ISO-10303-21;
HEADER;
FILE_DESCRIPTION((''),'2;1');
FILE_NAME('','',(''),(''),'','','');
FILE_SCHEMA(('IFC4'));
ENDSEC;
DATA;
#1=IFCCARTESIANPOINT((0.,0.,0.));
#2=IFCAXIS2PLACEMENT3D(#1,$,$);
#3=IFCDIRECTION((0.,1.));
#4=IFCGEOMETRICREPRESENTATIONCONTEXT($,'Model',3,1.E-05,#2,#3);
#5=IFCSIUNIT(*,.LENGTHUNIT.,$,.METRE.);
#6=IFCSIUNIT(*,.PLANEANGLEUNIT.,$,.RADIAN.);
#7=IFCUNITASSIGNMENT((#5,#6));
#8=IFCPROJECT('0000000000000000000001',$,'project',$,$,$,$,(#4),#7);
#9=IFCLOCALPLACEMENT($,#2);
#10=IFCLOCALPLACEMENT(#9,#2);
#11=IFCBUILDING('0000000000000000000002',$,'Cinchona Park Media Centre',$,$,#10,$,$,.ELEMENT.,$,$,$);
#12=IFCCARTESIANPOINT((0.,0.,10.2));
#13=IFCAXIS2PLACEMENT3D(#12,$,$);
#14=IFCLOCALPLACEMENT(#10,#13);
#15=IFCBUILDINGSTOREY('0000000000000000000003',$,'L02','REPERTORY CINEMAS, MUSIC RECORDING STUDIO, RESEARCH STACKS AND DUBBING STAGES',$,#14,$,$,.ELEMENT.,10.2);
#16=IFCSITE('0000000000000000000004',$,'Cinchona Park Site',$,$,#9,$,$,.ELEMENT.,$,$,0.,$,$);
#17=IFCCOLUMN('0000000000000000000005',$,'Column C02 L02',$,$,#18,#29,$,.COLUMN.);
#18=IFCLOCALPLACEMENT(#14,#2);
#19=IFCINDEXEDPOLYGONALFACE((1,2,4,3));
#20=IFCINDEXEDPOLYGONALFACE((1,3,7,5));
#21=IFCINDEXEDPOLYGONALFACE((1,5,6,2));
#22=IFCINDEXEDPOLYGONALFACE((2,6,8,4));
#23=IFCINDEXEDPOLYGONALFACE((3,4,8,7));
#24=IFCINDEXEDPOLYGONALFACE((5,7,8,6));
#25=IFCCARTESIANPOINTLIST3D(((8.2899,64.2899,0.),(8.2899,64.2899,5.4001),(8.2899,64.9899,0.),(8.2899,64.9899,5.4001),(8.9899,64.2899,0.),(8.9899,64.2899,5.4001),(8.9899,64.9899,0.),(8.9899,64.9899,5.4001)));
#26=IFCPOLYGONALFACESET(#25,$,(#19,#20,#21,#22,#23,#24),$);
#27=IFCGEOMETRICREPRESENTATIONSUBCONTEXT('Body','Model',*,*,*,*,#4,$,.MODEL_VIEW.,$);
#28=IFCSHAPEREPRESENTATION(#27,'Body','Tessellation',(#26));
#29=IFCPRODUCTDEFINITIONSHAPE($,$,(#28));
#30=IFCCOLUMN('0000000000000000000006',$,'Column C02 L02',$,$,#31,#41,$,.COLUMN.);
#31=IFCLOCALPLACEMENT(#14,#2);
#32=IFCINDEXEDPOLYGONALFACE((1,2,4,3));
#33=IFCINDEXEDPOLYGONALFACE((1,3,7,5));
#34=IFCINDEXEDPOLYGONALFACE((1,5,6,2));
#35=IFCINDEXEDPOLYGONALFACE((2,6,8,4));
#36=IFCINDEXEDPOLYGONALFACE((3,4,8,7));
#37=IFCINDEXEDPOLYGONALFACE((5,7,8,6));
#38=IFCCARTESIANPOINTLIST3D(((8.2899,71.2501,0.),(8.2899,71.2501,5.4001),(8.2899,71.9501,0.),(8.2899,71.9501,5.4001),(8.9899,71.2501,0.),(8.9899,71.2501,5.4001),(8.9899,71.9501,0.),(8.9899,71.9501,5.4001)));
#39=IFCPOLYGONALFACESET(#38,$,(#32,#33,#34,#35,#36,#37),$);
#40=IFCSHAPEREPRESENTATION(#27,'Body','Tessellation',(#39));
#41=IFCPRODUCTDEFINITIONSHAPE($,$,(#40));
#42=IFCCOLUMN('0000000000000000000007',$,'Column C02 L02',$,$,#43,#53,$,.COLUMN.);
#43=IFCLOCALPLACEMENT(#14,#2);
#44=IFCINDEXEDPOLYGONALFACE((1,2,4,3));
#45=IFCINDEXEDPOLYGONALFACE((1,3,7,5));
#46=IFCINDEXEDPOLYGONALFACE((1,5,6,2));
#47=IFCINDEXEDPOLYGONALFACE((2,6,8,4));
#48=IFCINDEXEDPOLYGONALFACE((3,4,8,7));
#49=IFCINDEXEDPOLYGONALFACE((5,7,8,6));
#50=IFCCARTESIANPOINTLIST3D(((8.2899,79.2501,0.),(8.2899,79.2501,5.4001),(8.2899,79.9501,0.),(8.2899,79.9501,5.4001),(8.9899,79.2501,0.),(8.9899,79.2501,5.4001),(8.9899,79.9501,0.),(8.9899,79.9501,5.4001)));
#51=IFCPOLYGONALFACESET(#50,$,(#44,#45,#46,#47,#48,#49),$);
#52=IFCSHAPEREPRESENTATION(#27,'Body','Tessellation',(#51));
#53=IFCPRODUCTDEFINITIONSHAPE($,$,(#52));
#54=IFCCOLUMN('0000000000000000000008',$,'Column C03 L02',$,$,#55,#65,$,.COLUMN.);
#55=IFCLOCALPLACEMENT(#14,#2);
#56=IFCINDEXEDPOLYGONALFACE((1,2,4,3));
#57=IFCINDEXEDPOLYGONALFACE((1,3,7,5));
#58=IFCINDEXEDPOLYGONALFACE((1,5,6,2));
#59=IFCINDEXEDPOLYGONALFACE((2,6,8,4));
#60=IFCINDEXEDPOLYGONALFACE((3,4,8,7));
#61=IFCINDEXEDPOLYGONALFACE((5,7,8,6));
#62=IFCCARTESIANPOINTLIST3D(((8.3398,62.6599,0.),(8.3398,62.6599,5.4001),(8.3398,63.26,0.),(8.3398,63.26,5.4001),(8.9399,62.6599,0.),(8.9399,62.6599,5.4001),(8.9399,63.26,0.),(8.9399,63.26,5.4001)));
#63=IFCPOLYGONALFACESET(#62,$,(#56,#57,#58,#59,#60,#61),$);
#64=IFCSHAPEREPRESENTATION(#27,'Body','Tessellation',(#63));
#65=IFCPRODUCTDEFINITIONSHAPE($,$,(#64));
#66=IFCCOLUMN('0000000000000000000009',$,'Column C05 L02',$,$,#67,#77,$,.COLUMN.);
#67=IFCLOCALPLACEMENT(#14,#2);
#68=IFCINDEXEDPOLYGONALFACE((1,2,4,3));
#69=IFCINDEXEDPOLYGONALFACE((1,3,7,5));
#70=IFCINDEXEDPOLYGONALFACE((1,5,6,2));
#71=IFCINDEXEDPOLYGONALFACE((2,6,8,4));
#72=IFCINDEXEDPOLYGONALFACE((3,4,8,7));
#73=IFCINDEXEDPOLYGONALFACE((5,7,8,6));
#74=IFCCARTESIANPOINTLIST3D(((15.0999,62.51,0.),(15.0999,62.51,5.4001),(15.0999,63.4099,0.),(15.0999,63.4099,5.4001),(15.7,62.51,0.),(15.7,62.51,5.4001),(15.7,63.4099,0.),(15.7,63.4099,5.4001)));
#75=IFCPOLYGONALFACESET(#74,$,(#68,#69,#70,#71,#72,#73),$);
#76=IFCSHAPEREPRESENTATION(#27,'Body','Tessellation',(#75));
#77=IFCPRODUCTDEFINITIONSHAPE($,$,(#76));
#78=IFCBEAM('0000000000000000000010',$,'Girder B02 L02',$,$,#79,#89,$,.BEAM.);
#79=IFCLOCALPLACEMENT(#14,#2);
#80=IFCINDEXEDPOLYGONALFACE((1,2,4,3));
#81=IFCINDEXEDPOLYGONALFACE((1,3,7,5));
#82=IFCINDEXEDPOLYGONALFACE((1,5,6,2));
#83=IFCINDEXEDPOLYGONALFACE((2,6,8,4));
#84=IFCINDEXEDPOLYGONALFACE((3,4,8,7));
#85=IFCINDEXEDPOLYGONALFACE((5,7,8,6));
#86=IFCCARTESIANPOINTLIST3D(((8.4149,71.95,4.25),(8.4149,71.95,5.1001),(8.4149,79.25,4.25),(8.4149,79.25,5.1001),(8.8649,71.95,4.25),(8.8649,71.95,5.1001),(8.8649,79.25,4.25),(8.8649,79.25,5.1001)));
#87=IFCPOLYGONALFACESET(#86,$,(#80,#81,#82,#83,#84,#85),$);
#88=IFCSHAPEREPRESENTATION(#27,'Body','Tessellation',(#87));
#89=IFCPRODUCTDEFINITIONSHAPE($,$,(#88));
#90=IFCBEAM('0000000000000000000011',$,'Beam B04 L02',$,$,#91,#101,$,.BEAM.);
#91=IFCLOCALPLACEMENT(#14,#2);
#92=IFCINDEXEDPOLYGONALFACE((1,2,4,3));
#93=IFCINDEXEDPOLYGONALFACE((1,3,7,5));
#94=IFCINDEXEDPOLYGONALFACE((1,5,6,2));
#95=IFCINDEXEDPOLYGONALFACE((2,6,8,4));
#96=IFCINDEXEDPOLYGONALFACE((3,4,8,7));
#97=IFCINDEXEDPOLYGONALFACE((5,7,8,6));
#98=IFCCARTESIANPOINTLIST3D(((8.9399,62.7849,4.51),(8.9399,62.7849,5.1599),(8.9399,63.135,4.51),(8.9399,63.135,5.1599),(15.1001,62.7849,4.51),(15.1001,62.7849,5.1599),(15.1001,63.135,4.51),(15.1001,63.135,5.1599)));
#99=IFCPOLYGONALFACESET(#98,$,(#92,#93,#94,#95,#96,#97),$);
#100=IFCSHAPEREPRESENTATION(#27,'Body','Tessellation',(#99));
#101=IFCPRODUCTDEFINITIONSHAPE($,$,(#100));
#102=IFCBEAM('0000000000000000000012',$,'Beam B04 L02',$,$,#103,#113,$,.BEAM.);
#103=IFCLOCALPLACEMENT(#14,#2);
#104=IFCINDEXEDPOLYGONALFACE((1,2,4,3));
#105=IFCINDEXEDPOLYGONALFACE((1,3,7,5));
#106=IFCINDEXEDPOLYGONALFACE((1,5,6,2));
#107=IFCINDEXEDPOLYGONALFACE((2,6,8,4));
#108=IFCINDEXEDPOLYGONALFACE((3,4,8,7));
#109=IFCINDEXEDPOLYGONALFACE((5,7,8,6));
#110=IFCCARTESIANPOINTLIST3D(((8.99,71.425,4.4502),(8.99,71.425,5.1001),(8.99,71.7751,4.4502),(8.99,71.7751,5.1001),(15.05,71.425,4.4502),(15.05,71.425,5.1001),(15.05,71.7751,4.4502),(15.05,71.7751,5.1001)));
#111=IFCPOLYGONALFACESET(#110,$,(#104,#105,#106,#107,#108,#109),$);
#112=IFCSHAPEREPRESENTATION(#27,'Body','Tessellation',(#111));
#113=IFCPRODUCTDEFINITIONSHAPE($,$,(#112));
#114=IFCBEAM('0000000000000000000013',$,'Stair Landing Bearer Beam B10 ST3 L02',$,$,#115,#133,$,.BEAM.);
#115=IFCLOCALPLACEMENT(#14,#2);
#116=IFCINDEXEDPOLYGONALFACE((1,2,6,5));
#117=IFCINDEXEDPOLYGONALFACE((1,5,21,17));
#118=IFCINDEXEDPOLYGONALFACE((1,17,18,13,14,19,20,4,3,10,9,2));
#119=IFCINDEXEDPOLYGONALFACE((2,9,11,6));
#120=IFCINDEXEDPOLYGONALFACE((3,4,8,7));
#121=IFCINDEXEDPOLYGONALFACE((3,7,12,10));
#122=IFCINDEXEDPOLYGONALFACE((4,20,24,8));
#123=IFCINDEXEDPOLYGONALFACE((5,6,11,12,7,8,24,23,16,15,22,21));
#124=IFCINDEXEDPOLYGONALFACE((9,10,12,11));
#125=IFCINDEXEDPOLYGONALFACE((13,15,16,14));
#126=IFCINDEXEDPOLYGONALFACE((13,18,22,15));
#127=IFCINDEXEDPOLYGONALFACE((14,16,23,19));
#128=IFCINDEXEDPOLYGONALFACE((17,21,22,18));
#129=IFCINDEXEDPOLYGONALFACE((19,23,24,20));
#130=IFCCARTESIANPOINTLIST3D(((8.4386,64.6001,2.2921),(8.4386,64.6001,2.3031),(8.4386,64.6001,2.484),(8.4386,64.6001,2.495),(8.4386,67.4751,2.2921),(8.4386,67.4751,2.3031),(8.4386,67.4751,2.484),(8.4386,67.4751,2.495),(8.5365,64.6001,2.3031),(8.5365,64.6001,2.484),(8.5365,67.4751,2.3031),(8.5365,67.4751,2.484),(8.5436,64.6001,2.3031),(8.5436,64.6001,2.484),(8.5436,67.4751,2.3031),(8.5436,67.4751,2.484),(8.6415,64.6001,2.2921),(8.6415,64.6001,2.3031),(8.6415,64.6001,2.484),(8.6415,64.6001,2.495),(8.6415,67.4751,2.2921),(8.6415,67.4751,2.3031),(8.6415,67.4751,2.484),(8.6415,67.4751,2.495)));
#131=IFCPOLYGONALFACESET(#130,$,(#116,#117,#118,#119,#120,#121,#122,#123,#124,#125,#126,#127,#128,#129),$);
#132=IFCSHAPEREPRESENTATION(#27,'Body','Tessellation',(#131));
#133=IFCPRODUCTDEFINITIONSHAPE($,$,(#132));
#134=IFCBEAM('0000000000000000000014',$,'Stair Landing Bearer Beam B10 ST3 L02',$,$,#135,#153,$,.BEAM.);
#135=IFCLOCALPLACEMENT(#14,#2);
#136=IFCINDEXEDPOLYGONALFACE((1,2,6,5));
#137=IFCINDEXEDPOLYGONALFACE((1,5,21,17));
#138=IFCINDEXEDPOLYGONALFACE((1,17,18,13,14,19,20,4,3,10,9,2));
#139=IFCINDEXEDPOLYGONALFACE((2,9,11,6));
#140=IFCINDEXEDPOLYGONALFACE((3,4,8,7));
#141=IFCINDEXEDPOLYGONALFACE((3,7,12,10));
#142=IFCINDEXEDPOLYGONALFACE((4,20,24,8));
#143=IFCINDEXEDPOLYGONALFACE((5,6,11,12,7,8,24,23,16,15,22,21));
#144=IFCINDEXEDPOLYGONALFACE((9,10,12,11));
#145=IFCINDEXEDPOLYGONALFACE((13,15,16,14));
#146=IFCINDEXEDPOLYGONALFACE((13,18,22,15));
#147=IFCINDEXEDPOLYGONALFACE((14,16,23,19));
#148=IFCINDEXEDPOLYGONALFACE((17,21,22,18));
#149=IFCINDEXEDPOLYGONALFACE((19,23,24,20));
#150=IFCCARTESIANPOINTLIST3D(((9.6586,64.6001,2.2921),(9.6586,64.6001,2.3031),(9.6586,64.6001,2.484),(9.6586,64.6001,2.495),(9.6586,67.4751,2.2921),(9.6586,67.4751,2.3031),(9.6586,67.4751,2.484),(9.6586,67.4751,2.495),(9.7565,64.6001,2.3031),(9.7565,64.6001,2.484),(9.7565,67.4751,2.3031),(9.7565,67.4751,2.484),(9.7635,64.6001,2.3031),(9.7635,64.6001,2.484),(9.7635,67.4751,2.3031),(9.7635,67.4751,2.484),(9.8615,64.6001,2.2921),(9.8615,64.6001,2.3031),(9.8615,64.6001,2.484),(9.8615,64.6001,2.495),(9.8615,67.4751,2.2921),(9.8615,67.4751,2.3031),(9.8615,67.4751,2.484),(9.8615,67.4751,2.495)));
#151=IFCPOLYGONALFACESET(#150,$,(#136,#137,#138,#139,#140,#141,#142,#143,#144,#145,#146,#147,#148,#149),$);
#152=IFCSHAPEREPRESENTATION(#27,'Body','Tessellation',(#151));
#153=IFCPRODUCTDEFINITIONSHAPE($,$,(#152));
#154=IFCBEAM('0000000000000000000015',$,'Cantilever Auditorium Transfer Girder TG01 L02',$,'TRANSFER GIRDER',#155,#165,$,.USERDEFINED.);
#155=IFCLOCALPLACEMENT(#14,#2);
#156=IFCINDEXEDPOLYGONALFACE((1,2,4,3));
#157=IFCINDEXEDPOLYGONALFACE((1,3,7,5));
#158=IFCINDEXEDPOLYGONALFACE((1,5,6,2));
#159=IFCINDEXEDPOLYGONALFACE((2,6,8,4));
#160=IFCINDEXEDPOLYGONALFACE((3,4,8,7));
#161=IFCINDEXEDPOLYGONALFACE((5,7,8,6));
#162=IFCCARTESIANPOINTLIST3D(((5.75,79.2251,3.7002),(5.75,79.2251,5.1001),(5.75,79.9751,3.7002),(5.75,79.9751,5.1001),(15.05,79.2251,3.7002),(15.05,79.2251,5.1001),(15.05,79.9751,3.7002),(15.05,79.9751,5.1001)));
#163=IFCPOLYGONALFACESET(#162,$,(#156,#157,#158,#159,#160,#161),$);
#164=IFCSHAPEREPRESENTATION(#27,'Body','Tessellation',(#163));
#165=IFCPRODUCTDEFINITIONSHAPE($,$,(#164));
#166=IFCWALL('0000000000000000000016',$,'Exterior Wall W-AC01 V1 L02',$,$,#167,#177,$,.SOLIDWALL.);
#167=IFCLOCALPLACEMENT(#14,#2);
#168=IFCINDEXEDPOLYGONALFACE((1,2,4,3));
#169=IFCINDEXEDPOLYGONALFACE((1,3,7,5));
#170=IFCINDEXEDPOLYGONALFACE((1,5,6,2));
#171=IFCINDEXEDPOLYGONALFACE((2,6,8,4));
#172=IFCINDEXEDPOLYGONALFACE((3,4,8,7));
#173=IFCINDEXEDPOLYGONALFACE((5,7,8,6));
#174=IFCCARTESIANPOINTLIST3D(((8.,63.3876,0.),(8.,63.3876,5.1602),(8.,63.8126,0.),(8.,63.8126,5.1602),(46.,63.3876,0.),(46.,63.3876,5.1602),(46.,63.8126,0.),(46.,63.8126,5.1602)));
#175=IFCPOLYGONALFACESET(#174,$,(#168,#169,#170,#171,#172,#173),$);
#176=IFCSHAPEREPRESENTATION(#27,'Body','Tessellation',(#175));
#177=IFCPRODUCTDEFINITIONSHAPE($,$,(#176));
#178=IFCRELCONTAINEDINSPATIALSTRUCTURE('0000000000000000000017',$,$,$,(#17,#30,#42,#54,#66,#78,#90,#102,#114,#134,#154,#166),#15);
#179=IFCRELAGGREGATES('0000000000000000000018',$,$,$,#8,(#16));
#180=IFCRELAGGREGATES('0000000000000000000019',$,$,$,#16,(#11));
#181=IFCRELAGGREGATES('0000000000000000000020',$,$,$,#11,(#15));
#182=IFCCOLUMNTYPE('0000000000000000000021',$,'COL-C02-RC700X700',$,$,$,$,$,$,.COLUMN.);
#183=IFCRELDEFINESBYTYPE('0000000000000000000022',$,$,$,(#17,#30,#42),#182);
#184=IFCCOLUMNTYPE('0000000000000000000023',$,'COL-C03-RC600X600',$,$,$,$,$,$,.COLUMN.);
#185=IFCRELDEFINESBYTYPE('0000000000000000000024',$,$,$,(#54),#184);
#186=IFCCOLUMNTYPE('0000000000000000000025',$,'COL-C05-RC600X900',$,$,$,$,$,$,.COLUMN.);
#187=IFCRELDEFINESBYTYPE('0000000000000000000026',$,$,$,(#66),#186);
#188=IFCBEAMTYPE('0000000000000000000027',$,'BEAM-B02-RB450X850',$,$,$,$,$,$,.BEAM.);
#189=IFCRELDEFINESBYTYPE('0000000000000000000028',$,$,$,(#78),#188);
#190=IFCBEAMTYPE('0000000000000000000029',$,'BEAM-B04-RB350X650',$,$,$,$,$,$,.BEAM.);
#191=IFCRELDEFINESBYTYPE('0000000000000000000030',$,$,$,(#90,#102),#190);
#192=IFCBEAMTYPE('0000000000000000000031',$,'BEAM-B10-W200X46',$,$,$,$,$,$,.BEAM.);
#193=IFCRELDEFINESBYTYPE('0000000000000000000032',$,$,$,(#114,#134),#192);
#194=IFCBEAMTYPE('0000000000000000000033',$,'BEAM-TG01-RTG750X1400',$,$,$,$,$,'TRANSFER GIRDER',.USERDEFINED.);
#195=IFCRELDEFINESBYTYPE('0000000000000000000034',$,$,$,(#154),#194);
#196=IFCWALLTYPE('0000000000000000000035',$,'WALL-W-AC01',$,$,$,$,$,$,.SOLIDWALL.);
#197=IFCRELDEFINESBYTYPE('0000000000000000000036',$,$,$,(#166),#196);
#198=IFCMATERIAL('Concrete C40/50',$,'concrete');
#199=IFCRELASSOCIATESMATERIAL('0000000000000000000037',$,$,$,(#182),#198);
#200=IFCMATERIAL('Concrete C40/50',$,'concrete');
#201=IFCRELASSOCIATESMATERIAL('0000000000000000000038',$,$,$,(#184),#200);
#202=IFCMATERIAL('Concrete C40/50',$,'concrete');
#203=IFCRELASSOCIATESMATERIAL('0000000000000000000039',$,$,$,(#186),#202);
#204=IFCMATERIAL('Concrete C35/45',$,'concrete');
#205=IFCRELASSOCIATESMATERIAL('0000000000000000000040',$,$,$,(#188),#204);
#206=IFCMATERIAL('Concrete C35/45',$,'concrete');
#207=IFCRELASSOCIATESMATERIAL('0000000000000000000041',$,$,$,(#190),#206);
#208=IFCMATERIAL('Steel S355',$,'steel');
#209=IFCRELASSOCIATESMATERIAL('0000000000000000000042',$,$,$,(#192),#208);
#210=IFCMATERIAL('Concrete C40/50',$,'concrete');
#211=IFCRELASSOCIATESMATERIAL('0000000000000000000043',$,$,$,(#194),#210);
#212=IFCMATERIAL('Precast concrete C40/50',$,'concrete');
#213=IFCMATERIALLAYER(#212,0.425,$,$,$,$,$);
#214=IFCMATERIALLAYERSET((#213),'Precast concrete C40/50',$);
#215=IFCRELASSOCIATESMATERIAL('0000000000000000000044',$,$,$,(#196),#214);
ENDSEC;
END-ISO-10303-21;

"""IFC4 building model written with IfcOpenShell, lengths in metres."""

from ifc_helpers import new_model, si_unit, direction, frame, frame_2d, origin, origin_2d, place, context, subcontext, project, spatial, rectangle, i_section, extrude, material, layer, layer_set, material_profile, profile_set, type_object, element, save


model = new_model("IFC4")

# Units and contexts
model_context = context("Model", 3, precision=1e-05, world=origin(), true_north=direction((0.0, 1.0)))
body_context = subcontext(model_context, "Body", "Model", "MODEL_VIEW")
ifc_project = project(units=[si_unit("LENGTHUNIT", "METRE"), si_unit("PLANEANGLEUNIT", "RADIAN")], contexts=[model_context])

# Site, building, storey
site_placement = place(None, origin())
site = spatial("IfcSite", under=ifc_project, at=site_placement, Name="Cinchona Park Site", CompositionType="ELEMENT", RefElevation=0.0)
building_placement = place(site_placement, origin())
building = spatial("IfcBuilding", under=site, at=building_placement, Name="Cinchona Park Media Centre", CompositionType="ELEMENT")
storey_placement = place(building_placement, frame((0.0, 0.0, 10.2)))
storey = spatial("IfcBuildingStorey", under=building, at=storey_placement, Name="L02", Description="REPERTORY CINEMAS, MUSIC RECORDING STUDIO, RESEARCH STACKS AND DUBBING STAGES", CompositionType="ELEMENT", Elevation=10.2)

# Columns
ifc_material_1 = material(Name="Concrete C40/50", Category="concrete")
ifc_material_profile_1 = material_profile(ifc_material_1, rectangle(XDim=0.7, YDim=0.7, at=origin_2d()), Name="RC 700X700")
ifc_profile_set_1 = profile_set([ifc_material_profile_1], Name="Concrete C40/50")
column_type_1 = type_object("IfcColumnType", Name="COL-C02-RC700X700", PredefinedType="COLUMN", material=ifc_profile_set_1)
for number, where, z_axis, x_axis, name in (
    (1, (8.6399, 64.6399, 0.0), (0.0, 0.0, 1.0), (1.0, 0.0, 0.0), "Column C02 L02"),
    (2, (8.6399, 71.6001, 0.0), (0.0, 0.0, 1.0), (1.0, 0.0, 0.0), "Column C02 L02"),
    (3, (8.6399, 79.6001, 0.0), (0.0, 0.0, 1.0), (1.0, 0.0, 0.0), "Column C02 L02"),
):
    element("IfcColumn", number, at=place(storey_placement, frame(where, z_axis=z_axis, x_axis=x_axis)), inside=storey, type_object=column_type_1, Name=name, PredefinedType="COLUMN", context=body_context, shape_type="SweptSolid", body=[
        extrude(rectangle(XDim=0.7, YDim=0.7, at=origin_2d()), origin(), (0.0, 0.0, 1.0), 5.4001),
    ])
ifc_material_2 = material(Name="Concrete C40/50", Category="concrete")
ifc_material_profile_2 = material_profile(ifc_material_2, rectangle(XDim=0.6001, YDim=0.6001, at=origin_2d()), Name="RC 600X600")
ifc_profile_set_2 = profile_set([ifc_material_profile_2], Name="Concrete C40/50")
column_type_2 = type_object("IfcColumnType", Name="COL-C03-RC600X600", PredefinedType="COLUMN", material=ifc_profile_set_2)
column_1_placement = place(storey_placement, frame((8.6399, 62.96, 0.0), z_axis=(0.0, 0.0, 1.0), x_axis=(1.0, 0.0, 0.0)))
element("IfcColumn", 4, at=column_1_placement, inside=storey, type_object=column_type_2, Name="Column C03 L02", PredefinedType="COLUMN", context=body_context, shape_type="SweptSolid", body=[
    extrude(rectangle(XDim=0.6001, YDim=0.6001, at=origin_2d()), origin(), (0.0, 0.0, 1.0), 5.4001),
])
ifc_material_3 = material(Name="Concrete C40/50", Category="concrete")
ifc_material_profile_3 = material_profile(ifc_material_3, rectangle(XDim=0.6001, YDim=0.8999, at=origin_2d()), Name="RC 600X900")
ifc_profile_set_3 = profile_set([ifc_material_profile_3], Name="Concrete C40/50")
column_type_3 = type_object("IfcColumnType", Name="COL-C05-RC600X900", PredefinedType="COLUMN", material=ifc_profile_set_3)
column_2_placement = place(storey_placement, frame((15.3999, 62.96, 0.0), z_axis=(0.0, 0.0, 1.0), x_axis=(1.0, 0.0, 0.0)))
element("IfcColumn", 5, at=column_2_placement, inside=storey, type_object=column_type_3, Name="Column C05 L02", PredefinedType="COLUMN", context=body_context, shape_type="SweptSolid", body=[
    extrude(rectangle(XDim=0.6001, YDim=0.8999, at=origin_2d()), origin(), (0.0, 0.0, 1.0), 5.4001),
])

# Beams
ifc_material_4 = material(Name="Concrete C35/45", Category="concrete")
ifc_material_profile_4 = material_profile(ifc_material_4, rectangle(XDim=0.45, YDim=0.8501, at=origin_2d()), Name="RB 450X850")
ifc_profile_set_4 = profile_set([ifc_material_profile_4], Name="Concrete C35/45")
beam_type_1 = type_object("IfcBeamType", Name="BEAM-B02-RB450X850", PredefinedType="BEAM", material=ifc_profile_set_4)
beam_1_placement = place(storey_placement, frame((8.6399, 71.95, 4.675), z_axis=(0.0, 1.0, 0.0), x_axis=(-1.0, 0.0, 0.0)))
element("IfcBeam", 6, at=beam_1_placement, inside=storey, type_object=beam_type_1, Name="Girder B02 L02", PredefinedType="BEAM", context=body_context, shape_type="SweptSolid", body=[
    extrude(rectangle(XDim=0.45, YDim=0.8501, at=origin_2d()), origin(), (0.0, 0.0, 1.0), 7.3),
])
ifc_material_5 = material(Name="Concrete C35/45", Category="concrete")
ifc_material_profile_5 = material_profile(ifc_material_5, rectangle(XDim=0.3501, YDim=0.6499, at=origin_2d()), Name="RB 350X650")
ifc_profile_set_5 = profile_set([ifc_material_profile_5], Name="Concrete C35/45")
beam_type_2 = type_object("IfcBeamType", Name="BEAM-B04-RB350X650", PredefinedType="BEAM", material=ifc_profile_set_5)
beam_2_placement = place(storey_placement, frame((8.9399, 62.96, 4.835), z_axis=(1.0, 0.0, 0.0), x_axis=(0.0, 1.0, 0.0)))
element("IfcBeam", 7, at=beam_2_placement, inside=storey, type_object=beam_type_2, Name="Beam B04 L02", PredefinedType="BEAM", context=body_context, shape_type="SweptSolid", body=[
    extrude(rectangle(XDim=0.3501, YDim=0.6499, at=origin_2d()), origin(), (0.0, 0.0, 1.0), 6.1602),
])
beam_3_placement = place(storey_placement, frame((8.99, 71.6001, 4.7751), z_axis=(1.0, 0.0, 0.0), x_axis=(0.0, 1.0, 0.0)))
element("IfcBeam", 8, at=beam_3_placement, inside=storey, type_object=beam_type_2, Name="Beam B04 L02", PredefinedType="BEAM", context=body_context, shape_type="SweptSolid", body=[
    extrude(rectangle(XDim=0.3501, YDim=0.6499, at=origin_2d()), origin(), (0.0, 0.0, 1.0), 6.0601),
])
ifc_material_6 = material(Name="Steel S355", Category="steel")
ifc_material_profile_6 = material_profile(ifc_material_6, i_section(OverallWidth=0.2029, OverallDepth=0.2029, WebThickness=0.0071, FlangeThickness=0.011, at=origin_2d()), Name="W200X46")
ifc_profile_set_6 = profile_set([ifc_material_profile_6], Name="Steel S355")
beam_type_3 = type_object("IfcBeamType", Name="BEAM-B10-W200X46", PredefinedType="BEAM", material=ifc_profile_set_6)
for number, where, z_axis, x_axis, name in (
    (9, (8.54, 67.4751, 2.3936), (0.0, -1.0, 0.0), (1.0, 0.0, 0.0), "Stair Landing Bearer Beam B10 ST3 L02"),
    (10, (9.76, 67.4751, 2.3936), (0.0, -1.0, 0.0), (1.0, 0.0, 0.0), "Stair Landing Bearer Beam B10 ST3 L02"),
):
    element("IfcBeam", number, at=place(storey_placement, frame(where, z_axis=z_axis, x_axis=x_axis)), inside=storey, type_object=beam_type_3, Name=name, PredefinedType="BEAM", context=body_context, shape_type="SweptSolid", body=[
        extrude(i_section(OverallWidth=0.2029, OverallDepth=0.2029, WebThickness=0.0071, FlangeThickness=0.011, at=origin_2d()), origin(), (0.0, 0.0, 1.0), 2.875),
    ])
ifc_material_7 = material(Name="Concrete C40/50", Category="concrete")
ifc_material_profile_7 = material_profile(ifc_material_7, rectangle(XDim=0.75, YDim=1.3999, at=origin_2d()), Name="RTG 750X1400")
ifc_profile_set_7 = profile_set([ifc_material_profile_7], Name="Concrete C40/50")
beam_type_4 = type_object("IfcBeamType", Name="BEAM-TG01-RTG750X1400", ElementType="TRANSFER GIRDER", PredefinedType="USERDEFINED", material=ifc_profile_set_7)
beam_4_placement = place(storey_placement, frame((5.75, 79.6001, 4.4001), z_axis=(1.0, 0.0, 0.0), x_axis=(0.0, 1.0, 0.0)))
element("IfcBeam", 11, at=beam_4_placement, inside=storey, type_object=beam_type_4, Name="Cantilever Auditorium Transfer Girder TG01 L02", ObjectType="TRANSFER GIRDER", PredefinedType="USERDEFINED", context=body_context, shape_type="SweptSolid", body=[
    extrude(rectangle(XDim=0.75, YDim=1.3999, at=origin_2d()), origin(), (0.0, 0.0, 1.0), 9.3),
])

# Wall
ifc_material_8 = material(Name="Precast concrete C40/50", Category="concrete")
ifc_layer_1 = layer(ifc_material_8, 0.425)
ifc_layer_set_1 = layer_set([ifc_layer_1], Name="Precast concrete C40/50")
wall_type_1 = type_object("IfcWallType", Name="WALL-W-AC01", PredefinedType="SOLIDWALL", material=ifc_layer_set_1)
wall_1_placement = place(storey_placement, frame((8.0, 63.6001, 0.0), z_axis=(0.0, 0.0, 1.0), x_axis=(1.0, 0.0, 0.0)))
element("IfcWall", 12, at=wall_1_placement, inside=storey, type_object=wall_type_1, Name="Exterior Wall W-AC01 V1 L02", PredefinedType="SOLIDWALL", context=body_context, shape_type="SweptSolid", body=[
    extrude(rectangle(XDim=38.0, YDim=0.425, at=frame_2d((19.0, 0.0))), origin(), (0.0, 0.0, 1.0), 5.1602),
])

save(model, "model.ifc")
